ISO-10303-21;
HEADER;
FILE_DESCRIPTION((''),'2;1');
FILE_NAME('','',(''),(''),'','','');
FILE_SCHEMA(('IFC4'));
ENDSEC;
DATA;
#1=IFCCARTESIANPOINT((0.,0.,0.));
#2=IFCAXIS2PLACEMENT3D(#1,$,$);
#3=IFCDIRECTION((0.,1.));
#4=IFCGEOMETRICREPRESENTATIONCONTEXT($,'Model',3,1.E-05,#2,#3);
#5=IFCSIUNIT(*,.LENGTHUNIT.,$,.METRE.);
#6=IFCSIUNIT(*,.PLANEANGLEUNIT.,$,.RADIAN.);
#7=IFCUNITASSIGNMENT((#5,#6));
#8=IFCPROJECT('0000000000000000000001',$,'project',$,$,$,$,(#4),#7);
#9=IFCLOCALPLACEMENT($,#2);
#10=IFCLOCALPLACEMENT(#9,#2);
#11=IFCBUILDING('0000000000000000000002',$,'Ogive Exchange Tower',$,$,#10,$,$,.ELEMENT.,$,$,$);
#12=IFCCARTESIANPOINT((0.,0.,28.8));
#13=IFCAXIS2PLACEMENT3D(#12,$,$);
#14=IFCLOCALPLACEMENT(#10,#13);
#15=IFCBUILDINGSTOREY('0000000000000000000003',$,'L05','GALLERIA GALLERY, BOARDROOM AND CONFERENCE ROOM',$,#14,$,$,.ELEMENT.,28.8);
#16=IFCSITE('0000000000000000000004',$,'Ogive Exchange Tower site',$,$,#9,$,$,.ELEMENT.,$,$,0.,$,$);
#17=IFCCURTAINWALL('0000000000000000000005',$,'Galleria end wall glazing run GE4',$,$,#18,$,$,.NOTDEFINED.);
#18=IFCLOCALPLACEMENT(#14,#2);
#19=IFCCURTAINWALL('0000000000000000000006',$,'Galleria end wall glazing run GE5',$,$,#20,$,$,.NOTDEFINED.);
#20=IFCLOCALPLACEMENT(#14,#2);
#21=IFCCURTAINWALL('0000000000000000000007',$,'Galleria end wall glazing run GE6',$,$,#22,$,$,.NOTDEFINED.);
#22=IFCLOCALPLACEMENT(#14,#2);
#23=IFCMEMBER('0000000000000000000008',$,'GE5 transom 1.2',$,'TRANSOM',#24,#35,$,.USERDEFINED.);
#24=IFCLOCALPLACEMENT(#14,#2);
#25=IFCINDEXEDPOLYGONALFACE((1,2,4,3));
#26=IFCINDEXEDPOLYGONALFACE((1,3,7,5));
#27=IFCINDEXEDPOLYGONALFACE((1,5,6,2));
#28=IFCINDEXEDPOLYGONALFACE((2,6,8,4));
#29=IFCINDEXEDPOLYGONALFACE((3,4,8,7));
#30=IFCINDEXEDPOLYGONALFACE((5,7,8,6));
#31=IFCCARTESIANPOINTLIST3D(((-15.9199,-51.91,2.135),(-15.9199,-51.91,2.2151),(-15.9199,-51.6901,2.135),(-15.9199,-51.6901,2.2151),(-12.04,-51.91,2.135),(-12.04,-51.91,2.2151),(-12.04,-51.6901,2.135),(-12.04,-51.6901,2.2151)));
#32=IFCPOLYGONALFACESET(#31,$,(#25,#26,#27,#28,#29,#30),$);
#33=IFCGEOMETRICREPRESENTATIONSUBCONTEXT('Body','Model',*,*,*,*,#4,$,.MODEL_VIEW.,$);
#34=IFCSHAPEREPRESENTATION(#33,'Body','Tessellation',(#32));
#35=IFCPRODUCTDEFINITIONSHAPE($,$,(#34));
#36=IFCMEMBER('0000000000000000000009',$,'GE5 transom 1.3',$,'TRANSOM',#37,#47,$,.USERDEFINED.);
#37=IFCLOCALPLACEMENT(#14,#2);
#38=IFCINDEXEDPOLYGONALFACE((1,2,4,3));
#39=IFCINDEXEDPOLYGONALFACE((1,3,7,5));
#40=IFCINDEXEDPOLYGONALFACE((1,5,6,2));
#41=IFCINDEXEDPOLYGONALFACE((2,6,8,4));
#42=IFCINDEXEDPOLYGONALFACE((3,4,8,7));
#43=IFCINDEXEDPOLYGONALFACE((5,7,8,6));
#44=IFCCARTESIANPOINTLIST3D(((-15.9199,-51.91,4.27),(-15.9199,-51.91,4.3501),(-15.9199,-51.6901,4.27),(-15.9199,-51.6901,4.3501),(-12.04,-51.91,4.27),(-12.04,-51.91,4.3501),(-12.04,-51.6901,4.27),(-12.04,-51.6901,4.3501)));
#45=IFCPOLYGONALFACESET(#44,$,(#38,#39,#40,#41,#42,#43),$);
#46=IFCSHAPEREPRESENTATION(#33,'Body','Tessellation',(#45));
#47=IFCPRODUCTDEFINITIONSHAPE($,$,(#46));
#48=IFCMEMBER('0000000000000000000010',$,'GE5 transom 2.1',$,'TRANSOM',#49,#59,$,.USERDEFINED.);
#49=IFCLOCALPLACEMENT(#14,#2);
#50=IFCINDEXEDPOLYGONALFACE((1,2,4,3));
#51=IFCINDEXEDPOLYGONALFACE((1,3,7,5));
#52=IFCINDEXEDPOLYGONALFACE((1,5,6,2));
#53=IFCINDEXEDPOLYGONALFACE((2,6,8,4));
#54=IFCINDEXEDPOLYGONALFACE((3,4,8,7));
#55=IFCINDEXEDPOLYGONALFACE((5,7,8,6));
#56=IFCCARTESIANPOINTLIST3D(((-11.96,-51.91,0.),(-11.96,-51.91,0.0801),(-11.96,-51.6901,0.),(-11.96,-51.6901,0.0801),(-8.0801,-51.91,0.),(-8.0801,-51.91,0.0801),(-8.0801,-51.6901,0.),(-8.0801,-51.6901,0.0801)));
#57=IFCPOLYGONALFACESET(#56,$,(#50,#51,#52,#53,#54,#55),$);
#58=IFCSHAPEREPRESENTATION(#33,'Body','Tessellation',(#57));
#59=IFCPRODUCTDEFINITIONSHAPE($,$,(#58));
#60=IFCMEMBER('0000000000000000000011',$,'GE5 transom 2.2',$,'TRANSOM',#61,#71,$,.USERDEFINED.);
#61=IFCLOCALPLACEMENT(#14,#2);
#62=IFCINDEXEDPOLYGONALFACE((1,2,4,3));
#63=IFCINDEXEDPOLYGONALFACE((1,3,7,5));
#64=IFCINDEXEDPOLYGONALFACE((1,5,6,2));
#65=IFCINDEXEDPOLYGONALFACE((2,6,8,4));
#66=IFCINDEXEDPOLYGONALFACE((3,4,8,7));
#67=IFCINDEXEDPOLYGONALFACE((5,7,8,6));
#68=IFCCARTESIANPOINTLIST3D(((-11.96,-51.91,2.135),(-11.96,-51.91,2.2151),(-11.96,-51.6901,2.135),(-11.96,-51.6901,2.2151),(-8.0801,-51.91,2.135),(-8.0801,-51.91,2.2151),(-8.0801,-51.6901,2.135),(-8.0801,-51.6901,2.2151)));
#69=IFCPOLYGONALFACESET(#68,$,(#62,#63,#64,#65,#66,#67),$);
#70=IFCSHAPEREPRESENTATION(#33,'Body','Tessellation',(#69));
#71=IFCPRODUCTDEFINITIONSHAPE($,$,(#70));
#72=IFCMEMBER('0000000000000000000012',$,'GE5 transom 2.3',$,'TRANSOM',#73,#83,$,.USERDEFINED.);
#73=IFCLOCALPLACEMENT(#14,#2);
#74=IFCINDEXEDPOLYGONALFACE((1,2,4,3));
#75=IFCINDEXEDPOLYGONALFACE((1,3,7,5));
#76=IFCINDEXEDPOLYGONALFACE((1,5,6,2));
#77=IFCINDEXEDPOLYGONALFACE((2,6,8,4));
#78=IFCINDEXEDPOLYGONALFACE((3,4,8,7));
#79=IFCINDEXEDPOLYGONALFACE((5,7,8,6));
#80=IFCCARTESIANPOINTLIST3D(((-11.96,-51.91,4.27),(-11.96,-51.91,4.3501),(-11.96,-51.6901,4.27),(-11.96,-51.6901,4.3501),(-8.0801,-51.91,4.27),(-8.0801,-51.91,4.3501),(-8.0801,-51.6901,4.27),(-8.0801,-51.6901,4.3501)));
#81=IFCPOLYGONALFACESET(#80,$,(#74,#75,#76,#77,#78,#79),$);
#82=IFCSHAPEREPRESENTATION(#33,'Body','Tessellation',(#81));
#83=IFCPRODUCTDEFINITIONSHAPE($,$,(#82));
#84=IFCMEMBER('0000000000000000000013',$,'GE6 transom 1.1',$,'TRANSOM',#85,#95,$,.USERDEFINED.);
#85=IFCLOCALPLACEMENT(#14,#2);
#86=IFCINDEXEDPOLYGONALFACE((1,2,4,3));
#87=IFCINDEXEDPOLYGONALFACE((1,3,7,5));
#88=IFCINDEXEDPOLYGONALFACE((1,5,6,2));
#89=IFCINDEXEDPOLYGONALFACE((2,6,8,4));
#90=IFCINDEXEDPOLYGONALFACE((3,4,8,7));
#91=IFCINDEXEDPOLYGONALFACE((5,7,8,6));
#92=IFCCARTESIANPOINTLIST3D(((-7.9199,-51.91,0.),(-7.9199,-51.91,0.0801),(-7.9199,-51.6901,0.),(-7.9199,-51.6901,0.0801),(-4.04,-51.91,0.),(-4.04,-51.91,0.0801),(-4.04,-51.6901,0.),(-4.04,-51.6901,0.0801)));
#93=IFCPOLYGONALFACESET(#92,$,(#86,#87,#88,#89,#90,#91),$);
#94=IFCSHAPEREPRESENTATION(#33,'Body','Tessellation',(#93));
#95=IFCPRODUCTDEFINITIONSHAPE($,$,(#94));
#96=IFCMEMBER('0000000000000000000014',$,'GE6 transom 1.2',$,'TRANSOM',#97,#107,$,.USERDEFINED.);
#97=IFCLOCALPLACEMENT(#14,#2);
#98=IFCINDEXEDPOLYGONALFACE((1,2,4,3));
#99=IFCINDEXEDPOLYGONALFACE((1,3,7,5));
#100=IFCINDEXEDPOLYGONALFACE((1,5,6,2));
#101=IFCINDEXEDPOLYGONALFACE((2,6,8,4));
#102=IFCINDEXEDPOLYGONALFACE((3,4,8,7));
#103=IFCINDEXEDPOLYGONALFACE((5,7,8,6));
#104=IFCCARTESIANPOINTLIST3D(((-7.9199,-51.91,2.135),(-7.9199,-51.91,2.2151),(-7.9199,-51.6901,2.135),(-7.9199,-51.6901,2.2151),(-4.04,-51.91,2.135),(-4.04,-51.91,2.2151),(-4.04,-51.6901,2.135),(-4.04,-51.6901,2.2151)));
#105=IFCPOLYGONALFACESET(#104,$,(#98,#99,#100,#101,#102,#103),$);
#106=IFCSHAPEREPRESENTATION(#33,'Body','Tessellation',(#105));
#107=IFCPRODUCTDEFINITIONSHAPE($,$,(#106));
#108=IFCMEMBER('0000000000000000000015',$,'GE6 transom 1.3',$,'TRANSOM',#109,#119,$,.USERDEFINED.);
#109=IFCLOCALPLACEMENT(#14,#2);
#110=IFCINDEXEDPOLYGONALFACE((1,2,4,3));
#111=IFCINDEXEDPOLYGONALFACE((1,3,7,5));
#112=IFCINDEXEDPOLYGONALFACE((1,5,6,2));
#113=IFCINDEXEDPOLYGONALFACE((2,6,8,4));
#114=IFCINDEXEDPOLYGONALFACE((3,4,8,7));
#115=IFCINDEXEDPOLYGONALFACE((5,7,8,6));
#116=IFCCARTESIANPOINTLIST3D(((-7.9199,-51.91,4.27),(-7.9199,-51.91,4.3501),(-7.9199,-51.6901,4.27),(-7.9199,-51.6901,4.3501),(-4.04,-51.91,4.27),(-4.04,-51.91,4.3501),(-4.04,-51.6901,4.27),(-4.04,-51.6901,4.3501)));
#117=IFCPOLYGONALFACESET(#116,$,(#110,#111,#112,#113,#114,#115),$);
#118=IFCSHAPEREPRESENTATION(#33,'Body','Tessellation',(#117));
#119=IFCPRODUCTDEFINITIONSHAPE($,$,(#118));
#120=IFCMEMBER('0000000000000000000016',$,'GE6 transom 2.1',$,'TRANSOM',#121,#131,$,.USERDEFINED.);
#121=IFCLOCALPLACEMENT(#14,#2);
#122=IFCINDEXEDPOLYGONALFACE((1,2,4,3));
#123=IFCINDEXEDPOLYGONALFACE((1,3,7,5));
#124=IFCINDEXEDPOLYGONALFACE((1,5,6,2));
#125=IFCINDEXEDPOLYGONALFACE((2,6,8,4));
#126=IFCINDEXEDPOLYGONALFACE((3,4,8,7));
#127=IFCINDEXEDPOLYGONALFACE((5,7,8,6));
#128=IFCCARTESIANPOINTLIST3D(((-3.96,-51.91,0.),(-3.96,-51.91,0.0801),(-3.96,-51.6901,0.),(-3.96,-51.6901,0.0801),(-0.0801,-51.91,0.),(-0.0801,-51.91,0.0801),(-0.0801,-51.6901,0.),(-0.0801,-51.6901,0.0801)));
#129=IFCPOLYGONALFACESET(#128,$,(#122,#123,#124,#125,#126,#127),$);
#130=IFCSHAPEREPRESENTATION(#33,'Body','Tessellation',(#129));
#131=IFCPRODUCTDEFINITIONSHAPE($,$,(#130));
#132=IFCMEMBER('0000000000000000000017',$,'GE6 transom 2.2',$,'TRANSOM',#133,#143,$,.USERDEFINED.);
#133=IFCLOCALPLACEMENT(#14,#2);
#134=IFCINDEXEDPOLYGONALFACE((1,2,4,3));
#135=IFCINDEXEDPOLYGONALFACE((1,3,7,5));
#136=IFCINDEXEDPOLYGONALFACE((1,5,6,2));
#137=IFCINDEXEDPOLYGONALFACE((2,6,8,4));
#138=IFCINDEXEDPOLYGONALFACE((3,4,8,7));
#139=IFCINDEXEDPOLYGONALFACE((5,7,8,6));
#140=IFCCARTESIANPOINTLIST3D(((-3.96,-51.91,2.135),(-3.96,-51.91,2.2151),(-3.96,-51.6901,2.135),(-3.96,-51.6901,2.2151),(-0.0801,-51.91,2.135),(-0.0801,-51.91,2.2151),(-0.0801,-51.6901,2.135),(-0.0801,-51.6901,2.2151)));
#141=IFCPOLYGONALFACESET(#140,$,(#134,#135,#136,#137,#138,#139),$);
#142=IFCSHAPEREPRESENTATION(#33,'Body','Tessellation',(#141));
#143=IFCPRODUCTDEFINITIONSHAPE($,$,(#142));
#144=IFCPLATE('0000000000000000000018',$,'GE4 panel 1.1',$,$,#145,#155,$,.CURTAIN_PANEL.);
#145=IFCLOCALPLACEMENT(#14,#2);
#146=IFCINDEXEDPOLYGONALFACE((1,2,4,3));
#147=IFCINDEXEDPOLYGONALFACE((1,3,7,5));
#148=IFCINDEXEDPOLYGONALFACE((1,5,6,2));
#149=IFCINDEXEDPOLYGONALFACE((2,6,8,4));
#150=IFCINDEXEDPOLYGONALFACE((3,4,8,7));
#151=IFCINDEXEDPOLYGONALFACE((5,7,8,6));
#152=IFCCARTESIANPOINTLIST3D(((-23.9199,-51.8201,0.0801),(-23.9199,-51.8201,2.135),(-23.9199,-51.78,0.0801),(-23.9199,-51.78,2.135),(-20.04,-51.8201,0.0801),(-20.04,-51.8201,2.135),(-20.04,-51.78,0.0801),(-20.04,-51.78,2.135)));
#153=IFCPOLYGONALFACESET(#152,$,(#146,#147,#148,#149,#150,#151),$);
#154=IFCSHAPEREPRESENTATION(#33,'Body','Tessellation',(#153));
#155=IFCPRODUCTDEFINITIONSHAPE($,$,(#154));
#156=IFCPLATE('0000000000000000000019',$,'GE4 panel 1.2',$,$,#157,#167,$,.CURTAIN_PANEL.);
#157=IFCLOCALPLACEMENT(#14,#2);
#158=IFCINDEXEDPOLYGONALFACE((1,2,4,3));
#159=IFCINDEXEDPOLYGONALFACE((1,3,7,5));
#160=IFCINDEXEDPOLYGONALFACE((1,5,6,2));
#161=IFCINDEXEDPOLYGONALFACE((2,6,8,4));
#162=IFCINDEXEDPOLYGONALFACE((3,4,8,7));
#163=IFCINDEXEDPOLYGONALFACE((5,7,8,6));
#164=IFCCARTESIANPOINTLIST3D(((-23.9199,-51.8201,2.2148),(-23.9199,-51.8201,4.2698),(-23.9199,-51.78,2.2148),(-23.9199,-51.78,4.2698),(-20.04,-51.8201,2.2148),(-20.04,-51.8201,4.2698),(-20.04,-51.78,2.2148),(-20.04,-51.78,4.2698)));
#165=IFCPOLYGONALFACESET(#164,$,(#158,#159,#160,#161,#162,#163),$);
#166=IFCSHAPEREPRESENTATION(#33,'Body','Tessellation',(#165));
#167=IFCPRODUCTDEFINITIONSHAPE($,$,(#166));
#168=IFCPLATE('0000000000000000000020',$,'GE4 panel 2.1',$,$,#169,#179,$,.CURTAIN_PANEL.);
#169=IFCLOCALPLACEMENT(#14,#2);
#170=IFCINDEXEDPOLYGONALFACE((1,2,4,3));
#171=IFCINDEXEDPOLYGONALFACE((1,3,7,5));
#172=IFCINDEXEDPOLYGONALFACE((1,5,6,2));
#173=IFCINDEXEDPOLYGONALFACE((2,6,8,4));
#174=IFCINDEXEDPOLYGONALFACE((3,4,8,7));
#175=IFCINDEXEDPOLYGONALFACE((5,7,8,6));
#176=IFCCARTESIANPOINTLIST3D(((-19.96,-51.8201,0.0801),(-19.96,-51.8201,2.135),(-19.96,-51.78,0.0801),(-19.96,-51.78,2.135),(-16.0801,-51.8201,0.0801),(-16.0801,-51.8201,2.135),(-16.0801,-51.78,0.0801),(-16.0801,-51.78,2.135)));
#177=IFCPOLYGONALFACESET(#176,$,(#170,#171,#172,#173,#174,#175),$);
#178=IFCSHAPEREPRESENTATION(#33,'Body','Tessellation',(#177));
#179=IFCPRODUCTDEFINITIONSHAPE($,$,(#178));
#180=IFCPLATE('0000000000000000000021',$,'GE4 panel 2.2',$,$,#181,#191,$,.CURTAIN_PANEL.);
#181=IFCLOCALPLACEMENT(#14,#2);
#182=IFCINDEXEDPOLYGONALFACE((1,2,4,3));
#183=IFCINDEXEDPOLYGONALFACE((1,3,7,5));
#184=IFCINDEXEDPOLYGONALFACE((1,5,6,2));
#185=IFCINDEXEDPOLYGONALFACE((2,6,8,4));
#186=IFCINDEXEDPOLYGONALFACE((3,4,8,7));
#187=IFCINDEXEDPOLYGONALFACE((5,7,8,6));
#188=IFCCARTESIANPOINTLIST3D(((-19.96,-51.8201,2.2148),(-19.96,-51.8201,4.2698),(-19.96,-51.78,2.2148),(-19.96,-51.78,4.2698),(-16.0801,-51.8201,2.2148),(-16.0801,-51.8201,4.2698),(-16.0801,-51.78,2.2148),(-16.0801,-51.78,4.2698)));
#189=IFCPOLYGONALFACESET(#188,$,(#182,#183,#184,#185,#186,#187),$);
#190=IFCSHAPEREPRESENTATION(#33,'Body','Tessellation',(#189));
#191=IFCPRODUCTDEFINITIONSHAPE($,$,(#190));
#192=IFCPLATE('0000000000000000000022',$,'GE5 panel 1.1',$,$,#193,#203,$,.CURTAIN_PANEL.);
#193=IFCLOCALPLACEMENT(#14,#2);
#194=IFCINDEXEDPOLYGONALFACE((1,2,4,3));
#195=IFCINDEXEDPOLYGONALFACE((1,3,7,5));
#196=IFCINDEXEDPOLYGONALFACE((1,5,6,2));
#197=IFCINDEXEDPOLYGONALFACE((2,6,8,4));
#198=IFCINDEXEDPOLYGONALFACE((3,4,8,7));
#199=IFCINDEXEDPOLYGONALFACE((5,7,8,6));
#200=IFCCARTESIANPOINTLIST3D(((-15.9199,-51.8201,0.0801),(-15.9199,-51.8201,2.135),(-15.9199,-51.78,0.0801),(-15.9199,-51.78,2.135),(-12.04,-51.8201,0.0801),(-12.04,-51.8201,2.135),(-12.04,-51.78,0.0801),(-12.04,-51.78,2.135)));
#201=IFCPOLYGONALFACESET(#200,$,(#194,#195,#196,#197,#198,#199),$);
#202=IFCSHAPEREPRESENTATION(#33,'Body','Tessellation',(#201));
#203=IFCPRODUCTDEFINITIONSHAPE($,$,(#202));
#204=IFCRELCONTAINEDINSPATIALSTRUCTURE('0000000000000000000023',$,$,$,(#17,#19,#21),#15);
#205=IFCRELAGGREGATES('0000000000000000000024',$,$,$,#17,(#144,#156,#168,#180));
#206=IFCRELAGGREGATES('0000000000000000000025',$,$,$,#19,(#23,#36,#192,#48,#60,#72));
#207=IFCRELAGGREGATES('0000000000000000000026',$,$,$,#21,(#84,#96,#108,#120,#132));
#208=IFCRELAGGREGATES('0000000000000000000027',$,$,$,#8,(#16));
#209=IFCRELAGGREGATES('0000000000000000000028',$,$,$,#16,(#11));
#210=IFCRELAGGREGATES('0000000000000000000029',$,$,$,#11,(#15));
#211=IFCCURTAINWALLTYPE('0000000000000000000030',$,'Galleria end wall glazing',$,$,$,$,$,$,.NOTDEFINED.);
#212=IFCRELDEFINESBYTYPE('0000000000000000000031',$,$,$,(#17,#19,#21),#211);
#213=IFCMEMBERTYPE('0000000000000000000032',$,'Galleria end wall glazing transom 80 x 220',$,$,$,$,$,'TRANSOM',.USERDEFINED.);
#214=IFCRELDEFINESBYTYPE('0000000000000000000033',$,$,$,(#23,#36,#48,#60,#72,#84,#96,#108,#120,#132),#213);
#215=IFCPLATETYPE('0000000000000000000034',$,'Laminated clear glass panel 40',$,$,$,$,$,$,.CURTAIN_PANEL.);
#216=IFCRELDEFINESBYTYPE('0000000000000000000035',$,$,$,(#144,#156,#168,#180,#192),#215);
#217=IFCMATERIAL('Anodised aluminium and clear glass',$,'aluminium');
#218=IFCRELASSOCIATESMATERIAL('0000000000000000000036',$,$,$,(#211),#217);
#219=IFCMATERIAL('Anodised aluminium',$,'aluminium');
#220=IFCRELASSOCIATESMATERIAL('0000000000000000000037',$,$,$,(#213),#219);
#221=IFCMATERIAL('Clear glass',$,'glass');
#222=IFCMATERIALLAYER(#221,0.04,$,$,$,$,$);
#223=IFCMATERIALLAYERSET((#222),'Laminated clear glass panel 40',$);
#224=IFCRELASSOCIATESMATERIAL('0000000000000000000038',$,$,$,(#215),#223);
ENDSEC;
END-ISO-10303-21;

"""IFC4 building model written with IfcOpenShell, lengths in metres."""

from ifc_helpers import new_model, si_unit, direction, frame, origin, origin_2d, place, context, subcontext, project, spatial, rectangle, extrude, material, layer, layer_set, material_profile, profile_set, type_object, element, aggregate, save


model = new_model("IFC4")

# Units and contexts
model_context = context("Model", 3, precision=1e-05, world=origin(), true_north=direction((0.0, 1.0)))
body_context = subcontext(model_context, "Body", "Model", "MODEL_VIEW")
ifc_project = project(units=[si_unit("LENGTHUNIT", "METRE"), si_unit("PLANEANGLEUNIT", "RADIAN")], contexts=[model_context])

# Site, building, storey
site_placement = place(None, origin())
site = spatial("IfcSite", under=ifc_project, at=site_placement, Name="Ogive Exchange Tower site", CompositionType="ELEMENT", RefElevation=0.0)
building_placement = place(site_placement, origin())
building = spatial("IfcBuilding", under=site, at=building_placement, Name="Ogive Exchange Tower", CompositionType="ELEMENT")
storey_placement = place(building_placement, frame((0.0, 0.0, 28.8)))
storey = spatial("IfcBuildingStorey", under=building, at=storey_placement, Name="L05", Description="GALLERIA GALLERY, BOARDROOM AND CONFERENCE ROOM", CompositionType="ELEMENT", Elevation=28.8)

# Curtain walls
ifc_material_1 = material(Name="Anodised aluminium and clear glass", Category="aluminium")
curtain_wall_type = type_object("IfcCurtainWallType", Name="Galleria end wall glazing", PredefinedType="NOTDEFINED", material=ifc_material_1)
curtain_wall_1_placement = place(storey_placement, origin())
curtain_wall_1 = element("IfcCurtainWall", 1, at=curtain_wall_1_placement, inside=storey, type_object=curtain_wall_type, Name="Galleria end wall glazing run GE4", PredefinedType="NOTDEFINED")
ifc_material_2 = material(Name="Anodised aluminium", Category="aluminium")
curtain_wall_2_placement = place(storey_placement, origin())
curtain_wall_2 = element("IfcCurtainWall", 2, at=curtain_wall_2_placement, inside=storey, type_object=curtain_wall_type, Name="Galleria end wall glazing run GE5", PredefinedType="NOTDEFINED")
curtain_wall_3_placement = place(storey_placement, origin())
curtain_wall_3 = element("IfcCurtainWall", 3, at=curtain_wall_3_placement, inside=storey, type_object=curtain_wall_type, Name="Galleria end wall glazing run GE6", PredefinedType="NOTDEFINED")

# Members
ifc_material_profile_1 = material_profile(ifc_material_2, rectangle(XDim=0.22, YDim=0.0801, at=origin_2d()), Name="AL 80x220")
ifc_profile_set_1 = profile_set([ifc_material_profile_1], Name="Anodised aluminium")
member_type_1 = type_object("IfcMemberType", Name="Galleria end wall glazing transom 80 x 220", ElementType="TRANSOM", PredefinedType="USERDEFINED", material=ifc_profile_set_1)
member_1_placement = place(storey_placement, frame((-15.9199, -51.8, 2.175), z_axis=(1.0, 0.0, 0.0), x_axis=(0.0, 1.0, 0.0)))
member_1 = element("IfcMember", 4, at=member_1_placement, type_object=member_type_1, Name="GE5 transom 1.2", ObjectType="TRANSOM", PredefinedType="USERDEFINED", context=body_context, shape_type="SweptSolid", body=[
    extrude(rectangle(XDim=0.22, YDim=0.0801, at=origin_2d()), origin(), (0.0, 0.0, 1.0), 3.8799),
])
member_2_placement = place(storey_placement, frame((-15.9199, -51.8, 4.3101), z_axis=(1.0, 0.0, 0.0), x_axis=(0.0, 1.0, 0.0)))
member_2 = element("IfcMember", 5, at=member_2_placement, type_object=member_type_1, Name="GE5 transom 1.3", ObjectType="TRANSOM", PredefinedType="USERDEFINED", context=body_context, shape_type="SweptSolid", body=[
    extrude(rectangle(XDim=0.22, YDim=0.0801, at=origin_2d()), origin(), (0.0, 0.0, 1.0), 3.8799),
])
member_3_placement = place(storey_placement, frame((-11.96, -51.8, 0.04), z_axis=(1.0, 0.0, 0.0), x_axis=(0.0, 1.0, 0.0)))
member_3 = element("IfcMember", 6, at=member_3_placement, type_object=member_type_1, Name="GE5 transom 2.1", ObjectType="TRANSOM", PredefinedType="USERDEFINED", context=body_context, shape_type="SweptSolid", body=[
    extrude(rectangle(XDim=0.22, YDim=0.0801, at=origin_2d()), origin(), (0.0, 0.0, 1.0), 3.8799),
])
member_4_placement = place(storey_placement, frame((-11.96, -51.8, 2.175), z_axis=(1.0, 0.0, 0.0), x_axis=(0.0, 1.0, 0.0)))
member_4 = element("IfcMember", 7, at=member_4_placement, type_object=member_type_1, Name="GE5 transom 2.2", ObjectType="TRANSOM", PredefinedType="USERDEFINED", context=body_context, shape_type="SweptSolid", body=[
    extrude(rectangle(XDim=0.22, YDim=0.0801, at=origin_2d()), origin(), (0.0, 0.0, 1.0), 3.8799),
])
member_5_placement = place(storey_placement, frame((-11.96, -51.8, 4.3101), z_axis=(1.0, 0.0, 0.0), x_axis=(0.0, 1.0, 0.0)))
member_5 = element("IfcMember", 8, at=member_5_placement, type_object=member_type_1, Name="GE5 transom 2.3", ObjectType="TRANSOM", PredefinedType="USERDEFINED", context=body_context, shape_type="SweptSolid", body=[
    extrude(rectangle(XDim=0.22, YDim=0.0801, at=origin_2d()), origin(), (0.0, 0.0, 1.0), 3.8799),
])
member_6_placement = place(storey_placement, frame((-7.9199, -51.8, 0.04), z_axis=(1.0, 0.0, 0.0), x_axis=(0.0, 1.0, 0.0)))
member_6 = element("IfcMember", 9, at=member_6_placement, type_object=member_type_1, Name="GE6 transom 1.1", ObjectType="TRANSOM", PredefinedType="USERDEFINED", context=body_context, shape_type="SweptSolid", body=[
    extrude(rectangle(XDim=0.22, YDim=0.0801, at=origin_2d()), origin(), (0.0, 0.0, 1.0), 3.8799),
])
member_7_placement = place(storey_placement, frame((-7.9199, -51.8, 2.175), z_axis=(1.0, 0.0, 0.0), x_axis=(0.0, 1.0, 0.0)))
member_7 = element("IfcMember", 10, at=member_7_placement, type_object=member_type_1, Name="GE6 transom 1.2", ObjectType="TRANSOM", PredefinedType="USERDEFINED", context=body_context, shape_type="SweptSolid", body=[
    extrude(rectangle(XDim=0.22, YDim=0.0801, at=origin_2d()), origin(), (0.0, 0.0, 1.0), 3.8799),
])
member_8_placement = place(storey_placement, frame((-7.9199, -51.8, 4.3101), z_axis=(1.0, 0.0, 0.0), x_axis=(0.0, 1.0, 0.0)))
member_8 = element("IfcMember", 11, at=member_8_placement, type_object=member_type_1, Name="GE6 transom 1.3", ObjectType="TRANSOM", PredefinedType="USERDEFINED", context=body_context, shape_type="SweptSolid", body=[
    extrude(rectangle(XDim=0.22, YDim=0.0801, at=origin_2d()), origin(), (0.0, 0.0, 1.0), 3.8799),
])
member_9_placement = place(storey_placement, frame((-3.96, -51.8, 0.04), z_axis=(1.0, 0.0, 0.0), x_axis=(0.0, 1.0, 0.0)))
member_9 = element("IfcMember", 12, at=member_9_placement, type_object=member_type_1, Name="GE6 transom 2.1", ObjectType="TRANSOM", PredefinedType="USERDEFINED", context=body_context, shape_type="SweptSolid", body=[
    extrude(rectangle(XDim=0.22, YDim=0.0801, at=origin_2d()), origin(), (0.0, 0.0, 1.0), 3.8799),
])
member_10_placement = place(storey_placement, frame((-3.96, -51.8, 2.175), z_axis=(1.0, 0.0, 0.0), x_axis=(0.0, 1.0, 0.0)))
member_10 = element("IfcMember", 13, at=member_10_placement, type_object=member_type_1, Name="GE6 transom 2.2", ObjectType="TRANSOM", PredefinedType="USERDEFINED", context=body_context, shape_type="SweptSolid", body=[
    extrude(rectangle(XDim=0.22, YDim=0.0801, at=origin_2d()), origin(), (0.0, 0.0, 1.0), 3.8799),
])

# Plates
ifc_material_3 = material(Name="Clear glass", Category="glass")
ifc_layer = layer(ifc_material_3, 0.04)
ifc_layer_set = layer_set([ifc_layer], Name="Laminated clear glass panel 40")
plate_type = type_object("IfcPlateType", Name="Laminated clear glass panel 40", PredefinedType="CURTAIN_PANEL", material=ifc_layer_set)
plate_1_placement = place(storey_placement, frame((-21.98, -51.8, 0.0801), z_axis=(0.0, 0.0, 1.0), x_axis=(1.0, 0.0, 0.0)))
plate_1 = element("IfcPlate", 14, at=plate_1_placement, type_object=plate_type, Name="GE4 panel 1.1", PredefinedType="CURTAIN_PANEL", context=body_context, shape_type="SweptSolid", body=[
    extrude(rectangle(XDim=3.8799, YDim=0.04, at=origin_2d()), origin(), (0.0, 0.0, 1.0), 2.0549),
])
plate_2_placement = place(storey_placement, frame((-21.98, -51.8, 2.2148), z_axis=(0.0, 0.0, 1.0), x_axis=(1.0, 0.0, 0.0)))
plate_2 = element("IfcPlate", 15, at=plate_2_placement, type_object=plate_type, Name="GE4 panel 1.2", PredefinedType="CURTAIN_PANEL", context=body_context, shape_type="SweptSolid", body=[
    extrude(rectangle(XDim=3.8799, YDim=0.04, at=origin_2d()), origin(), (0.0, 0.0, 1.0), 2.0549),
])
plate_3_placement = place(storey_placement, frame((-18.02, -51.8, 0.0801), z_axis=(0.0, 0.0, 1.0), x_axis=(1.0, 0.0, 0.0)))
plate_3 = element("IfcPlate", 16, at=plate_3_placement, type_object=plate_type, Name="GE4 panel 2.1", PredefinedType="CURTAIN_PANEL", context=body_context, shape_type="SweptSolid", body=[
    extrude(rectangle(XDim=3.8799, YDim=0.04, at=origin_2d()), origin(), (0.0, 0.0, 1.0), 2.0549),
])
plate_4_placement = place(storey_placement, frame((-18.02, -51.8, 2.2148), z_axis=(0.0, 0.0, 1.0), x_axis=(1.0, 0.0, 0.0)))
plate_4 = element("IfcPlate", 17, at=plate_4_placement, type_object=plate_type, Name="GE4 panel 2.2", PredefinedType="CURTAIN_PANEL", context=body_context, shape_type="SweptSolid", body=[
    extrude(rectangle(XDim=3.8799, YDim=0.04, at=origin_2d()), origin(), (0.0, 0.0, 1.0), 2.0549),
])
aggregate(curtain_wall_1, [plate_1, plate_2, plate_3, plate_4])
plate_5_placement = place(storey_placement, frame((-13.98, -51.8, 0.0801), z_axis=(0.0, 0.0, 1.0), x_axis=(1.0, 0.0, 0.0)))
plate_5 = element("IfcPlate", 18, at=plate_5_placement, type_object=plate_type, Name="GE5 panel 1.1", PredefinedType="CURTAIN_PANEL", context=body_context, shape_type="SweptSolid", body=[
    extrude(rectangle(XDim=3.8799, YDim=0.04, at=origin_2d()), origin(), (0.0, 0.0, 1.0), 2.0549),
])
aggregate(curtain_wall_2, [member_1, member_2, plate_5, member_3, member_4, member_5])
aggregate(curtain_wall_3, [member_6, member_7, member_8, member_9, member_10])

save(model, "model.ifc")
